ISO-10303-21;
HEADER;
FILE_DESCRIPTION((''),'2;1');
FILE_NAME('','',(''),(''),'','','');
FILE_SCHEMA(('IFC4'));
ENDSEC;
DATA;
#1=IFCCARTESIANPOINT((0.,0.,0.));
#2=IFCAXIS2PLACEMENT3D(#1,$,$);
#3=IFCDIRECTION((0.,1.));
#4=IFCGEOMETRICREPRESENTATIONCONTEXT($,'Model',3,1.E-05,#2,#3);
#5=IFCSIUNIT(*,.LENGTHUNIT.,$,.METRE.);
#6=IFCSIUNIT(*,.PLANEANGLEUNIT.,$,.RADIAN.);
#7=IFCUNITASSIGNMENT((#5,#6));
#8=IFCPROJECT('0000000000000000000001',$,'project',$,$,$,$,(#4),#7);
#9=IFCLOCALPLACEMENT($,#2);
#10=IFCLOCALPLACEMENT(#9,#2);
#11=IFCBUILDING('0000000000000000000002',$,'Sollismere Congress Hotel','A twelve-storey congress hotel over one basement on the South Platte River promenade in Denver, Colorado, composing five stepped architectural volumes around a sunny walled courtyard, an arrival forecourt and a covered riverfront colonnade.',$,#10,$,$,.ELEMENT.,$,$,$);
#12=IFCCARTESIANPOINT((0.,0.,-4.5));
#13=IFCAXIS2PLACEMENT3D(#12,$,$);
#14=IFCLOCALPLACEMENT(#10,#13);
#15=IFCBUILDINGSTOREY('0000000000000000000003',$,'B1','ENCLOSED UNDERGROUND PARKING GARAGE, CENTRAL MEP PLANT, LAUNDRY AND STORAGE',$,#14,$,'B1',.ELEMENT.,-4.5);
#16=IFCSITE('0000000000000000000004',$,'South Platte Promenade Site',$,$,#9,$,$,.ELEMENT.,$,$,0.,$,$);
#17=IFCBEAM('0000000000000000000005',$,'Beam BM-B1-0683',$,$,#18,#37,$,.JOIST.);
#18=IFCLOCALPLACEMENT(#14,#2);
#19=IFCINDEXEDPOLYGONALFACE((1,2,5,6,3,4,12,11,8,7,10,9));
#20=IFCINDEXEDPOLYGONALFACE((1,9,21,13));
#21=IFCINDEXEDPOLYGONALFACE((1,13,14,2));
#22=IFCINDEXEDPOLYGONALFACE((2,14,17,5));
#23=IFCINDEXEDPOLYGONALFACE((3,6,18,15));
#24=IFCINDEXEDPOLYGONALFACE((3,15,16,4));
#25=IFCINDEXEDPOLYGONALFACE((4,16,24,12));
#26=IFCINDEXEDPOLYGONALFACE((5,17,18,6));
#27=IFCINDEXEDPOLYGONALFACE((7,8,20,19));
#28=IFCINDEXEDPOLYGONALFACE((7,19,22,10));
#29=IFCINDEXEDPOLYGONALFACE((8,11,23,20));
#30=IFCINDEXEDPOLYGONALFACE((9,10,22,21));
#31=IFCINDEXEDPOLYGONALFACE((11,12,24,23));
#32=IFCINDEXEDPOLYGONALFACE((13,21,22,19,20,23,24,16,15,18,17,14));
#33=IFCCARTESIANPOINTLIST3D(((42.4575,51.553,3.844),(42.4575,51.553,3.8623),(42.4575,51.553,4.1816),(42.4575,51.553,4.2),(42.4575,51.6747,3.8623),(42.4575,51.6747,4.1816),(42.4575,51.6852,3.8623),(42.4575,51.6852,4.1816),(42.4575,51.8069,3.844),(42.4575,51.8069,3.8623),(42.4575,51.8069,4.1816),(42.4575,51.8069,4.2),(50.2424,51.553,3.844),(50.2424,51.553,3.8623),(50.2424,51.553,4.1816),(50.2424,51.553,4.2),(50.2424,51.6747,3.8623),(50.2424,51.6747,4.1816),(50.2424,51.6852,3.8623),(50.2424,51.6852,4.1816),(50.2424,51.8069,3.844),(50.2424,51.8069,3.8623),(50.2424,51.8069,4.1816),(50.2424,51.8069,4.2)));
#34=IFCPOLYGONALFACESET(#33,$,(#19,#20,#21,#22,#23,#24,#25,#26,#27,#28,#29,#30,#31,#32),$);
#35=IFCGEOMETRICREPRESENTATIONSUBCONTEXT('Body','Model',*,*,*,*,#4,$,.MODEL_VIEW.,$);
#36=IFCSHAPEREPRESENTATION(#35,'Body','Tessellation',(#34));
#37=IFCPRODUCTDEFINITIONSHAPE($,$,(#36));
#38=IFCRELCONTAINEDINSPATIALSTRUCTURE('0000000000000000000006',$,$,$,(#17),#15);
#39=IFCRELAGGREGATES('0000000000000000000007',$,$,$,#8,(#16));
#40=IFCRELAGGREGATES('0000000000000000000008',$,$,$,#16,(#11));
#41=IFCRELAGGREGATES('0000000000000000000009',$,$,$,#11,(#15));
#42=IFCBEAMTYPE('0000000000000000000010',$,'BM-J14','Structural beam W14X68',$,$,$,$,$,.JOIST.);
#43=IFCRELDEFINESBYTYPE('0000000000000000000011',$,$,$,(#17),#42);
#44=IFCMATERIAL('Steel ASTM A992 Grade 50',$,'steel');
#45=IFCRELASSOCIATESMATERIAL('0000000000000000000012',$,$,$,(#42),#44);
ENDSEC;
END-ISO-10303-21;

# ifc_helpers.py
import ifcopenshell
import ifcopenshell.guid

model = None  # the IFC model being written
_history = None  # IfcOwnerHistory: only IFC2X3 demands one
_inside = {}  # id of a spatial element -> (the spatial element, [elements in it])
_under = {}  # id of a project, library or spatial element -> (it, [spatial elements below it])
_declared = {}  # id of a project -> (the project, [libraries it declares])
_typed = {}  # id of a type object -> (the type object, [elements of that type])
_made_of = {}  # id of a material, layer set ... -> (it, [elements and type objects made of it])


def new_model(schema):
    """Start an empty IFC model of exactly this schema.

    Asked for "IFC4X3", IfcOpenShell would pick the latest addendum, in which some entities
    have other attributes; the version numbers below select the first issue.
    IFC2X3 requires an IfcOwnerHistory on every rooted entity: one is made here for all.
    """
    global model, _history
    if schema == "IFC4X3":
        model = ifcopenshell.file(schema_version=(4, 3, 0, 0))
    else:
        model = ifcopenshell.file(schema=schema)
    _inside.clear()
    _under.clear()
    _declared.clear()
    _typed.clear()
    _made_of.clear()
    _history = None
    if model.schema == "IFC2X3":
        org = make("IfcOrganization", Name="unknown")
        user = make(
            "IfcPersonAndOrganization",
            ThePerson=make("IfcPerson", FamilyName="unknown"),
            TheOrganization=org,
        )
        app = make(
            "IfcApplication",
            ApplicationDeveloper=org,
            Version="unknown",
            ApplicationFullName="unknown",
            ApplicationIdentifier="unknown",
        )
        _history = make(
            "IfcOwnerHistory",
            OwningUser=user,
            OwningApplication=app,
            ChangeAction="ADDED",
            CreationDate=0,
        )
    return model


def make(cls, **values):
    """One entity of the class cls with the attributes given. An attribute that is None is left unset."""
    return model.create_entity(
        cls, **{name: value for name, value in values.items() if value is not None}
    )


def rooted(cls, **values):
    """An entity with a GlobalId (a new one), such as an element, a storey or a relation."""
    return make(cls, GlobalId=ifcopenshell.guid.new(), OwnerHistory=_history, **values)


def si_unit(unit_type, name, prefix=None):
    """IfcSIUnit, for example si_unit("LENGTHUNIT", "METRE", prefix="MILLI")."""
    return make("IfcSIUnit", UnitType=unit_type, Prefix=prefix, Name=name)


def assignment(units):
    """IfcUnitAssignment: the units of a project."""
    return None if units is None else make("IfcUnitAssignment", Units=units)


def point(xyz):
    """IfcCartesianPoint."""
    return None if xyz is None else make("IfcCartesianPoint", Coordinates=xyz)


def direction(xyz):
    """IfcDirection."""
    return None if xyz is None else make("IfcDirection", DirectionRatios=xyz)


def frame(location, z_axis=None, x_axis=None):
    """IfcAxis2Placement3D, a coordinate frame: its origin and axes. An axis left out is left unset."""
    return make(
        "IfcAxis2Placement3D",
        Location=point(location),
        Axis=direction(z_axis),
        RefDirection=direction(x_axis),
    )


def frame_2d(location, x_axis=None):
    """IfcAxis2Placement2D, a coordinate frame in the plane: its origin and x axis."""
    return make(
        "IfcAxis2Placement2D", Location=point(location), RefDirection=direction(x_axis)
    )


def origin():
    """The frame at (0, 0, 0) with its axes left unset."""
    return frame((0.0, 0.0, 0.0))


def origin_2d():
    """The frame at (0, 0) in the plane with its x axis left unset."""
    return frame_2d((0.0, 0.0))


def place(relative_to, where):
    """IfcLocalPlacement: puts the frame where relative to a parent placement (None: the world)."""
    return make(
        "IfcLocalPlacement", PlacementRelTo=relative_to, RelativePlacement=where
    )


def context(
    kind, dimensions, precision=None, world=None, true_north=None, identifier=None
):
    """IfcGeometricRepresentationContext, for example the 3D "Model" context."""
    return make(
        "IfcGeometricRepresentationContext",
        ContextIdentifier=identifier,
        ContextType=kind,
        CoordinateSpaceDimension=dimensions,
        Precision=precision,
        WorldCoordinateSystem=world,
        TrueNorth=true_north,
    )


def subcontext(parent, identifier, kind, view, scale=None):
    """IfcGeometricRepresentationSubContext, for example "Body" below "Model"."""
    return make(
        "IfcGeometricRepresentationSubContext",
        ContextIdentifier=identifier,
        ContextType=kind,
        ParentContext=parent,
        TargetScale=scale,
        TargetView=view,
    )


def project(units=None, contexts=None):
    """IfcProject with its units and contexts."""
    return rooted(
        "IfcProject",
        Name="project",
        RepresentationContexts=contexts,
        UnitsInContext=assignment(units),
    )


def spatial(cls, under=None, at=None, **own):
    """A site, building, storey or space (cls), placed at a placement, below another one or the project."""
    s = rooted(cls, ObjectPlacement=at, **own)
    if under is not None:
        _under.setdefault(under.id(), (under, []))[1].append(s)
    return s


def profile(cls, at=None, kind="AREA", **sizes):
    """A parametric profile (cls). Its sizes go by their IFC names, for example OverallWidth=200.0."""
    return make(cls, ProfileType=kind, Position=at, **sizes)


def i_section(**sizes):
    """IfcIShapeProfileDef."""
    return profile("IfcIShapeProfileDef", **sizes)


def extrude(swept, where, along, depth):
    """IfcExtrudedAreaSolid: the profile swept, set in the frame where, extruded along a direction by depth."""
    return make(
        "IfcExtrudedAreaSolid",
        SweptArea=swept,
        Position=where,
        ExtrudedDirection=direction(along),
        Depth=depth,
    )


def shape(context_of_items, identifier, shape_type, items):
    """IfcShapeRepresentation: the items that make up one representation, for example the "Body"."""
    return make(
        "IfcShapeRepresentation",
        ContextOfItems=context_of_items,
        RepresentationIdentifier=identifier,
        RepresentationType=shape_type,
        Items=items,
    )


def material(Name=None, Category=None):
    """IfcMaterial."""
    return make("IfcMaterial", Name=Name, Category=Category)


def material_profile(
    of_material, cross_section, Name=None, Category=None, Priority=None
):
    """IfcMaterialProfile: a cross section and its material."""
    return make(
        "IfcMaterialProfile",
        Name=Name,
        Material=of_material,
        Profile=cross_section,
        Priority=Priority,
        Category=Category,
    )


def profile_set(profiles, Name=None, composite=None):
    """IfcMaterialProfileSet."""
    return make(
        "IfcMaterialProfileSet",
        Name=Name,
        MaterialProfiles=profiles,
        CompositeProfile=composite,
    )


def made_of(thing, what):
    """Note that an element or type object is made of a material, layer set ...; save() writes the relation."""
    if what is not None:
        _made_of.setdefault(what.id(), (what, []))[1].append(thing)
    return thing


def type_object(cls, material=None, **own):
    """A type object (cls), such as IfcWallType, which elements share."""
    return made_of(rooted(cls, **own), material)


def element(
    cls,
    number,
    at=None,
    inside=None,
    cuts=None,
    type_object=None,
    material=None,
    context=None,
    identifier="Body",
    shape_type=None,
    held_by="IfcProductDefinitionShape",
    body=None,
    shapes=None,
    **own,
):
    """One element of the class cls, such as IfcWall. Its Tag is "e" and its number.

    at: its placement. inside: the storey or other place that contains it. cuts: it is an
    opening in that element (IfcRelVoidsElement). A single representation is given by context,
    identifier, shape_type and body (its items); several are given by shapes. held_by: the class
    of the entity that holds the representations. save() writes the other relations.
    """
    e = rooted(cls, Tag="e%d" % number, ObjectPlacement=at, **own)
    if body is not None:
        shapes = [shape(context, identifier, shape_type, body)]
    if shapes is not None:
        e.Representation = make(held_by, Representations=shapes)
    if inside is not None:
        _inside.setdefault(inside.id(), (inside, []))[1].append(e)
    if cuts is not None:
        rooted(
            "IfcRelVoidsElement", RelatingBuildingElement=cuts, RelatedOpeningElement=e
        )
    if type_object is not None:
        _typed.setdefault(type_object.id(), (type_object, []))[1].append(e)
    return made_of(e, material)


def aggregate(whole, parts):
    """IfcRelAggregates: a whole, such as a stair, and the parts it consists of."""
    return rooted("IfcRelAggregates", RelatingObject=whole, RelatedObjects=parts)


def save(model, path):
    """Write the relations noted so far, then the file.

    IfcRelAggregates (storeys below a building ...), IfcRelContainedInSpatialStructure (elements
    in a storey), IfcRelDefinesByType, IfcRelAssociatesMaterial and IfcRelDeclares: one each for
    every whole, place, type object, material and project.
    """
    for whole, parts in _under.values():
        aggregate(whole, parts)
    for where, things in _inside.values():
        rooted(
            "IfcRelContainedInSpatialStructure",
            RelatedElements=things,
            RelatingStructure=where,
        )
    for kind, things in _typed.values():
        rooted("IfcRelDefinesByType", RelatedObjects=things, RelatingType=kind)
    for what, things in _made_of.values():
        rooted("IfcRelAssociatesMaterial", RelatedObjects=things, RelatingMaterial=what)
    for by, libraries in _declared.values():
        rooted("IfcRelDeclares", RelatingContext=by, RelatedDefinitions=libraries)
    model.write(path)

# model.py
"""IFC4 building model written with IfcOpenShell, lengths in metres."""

from ifc_helpers import new_model, si_unit, direction, frame, origin, origin_2d, place, context, subcontext, project, spatial, i_section, extrude, material, material_profile, profile_set, type_object, element, save


model = new_model("IFC4")

# Units and contexts
model_context = context("Model", 3, precision=1e-05, world=origin(), true_north=direction((0.0, 1.0)))
body_context = subcontext(model_context, "Body", "Model", "MODEL_VIEW")
ifc_project = project(units=[si_unit("LENGTHUNIT", "METRE"), si_unit("PLANEANGLEUNIT", "RADIAN")], contexts=[model_context])

# Site, building, storey
site_placement = place(None, origin())
site = spatial("IfcSite", under=ifc_project, at=site_placement, Name="South Platte Promenade Site", CompositionType="ELEMENT", RefElevation=0.0)
building_placement = place(site_placement, origin())
building = spatial("IfcBuilding", under=site, at=building_placement, Name="Sollismere Congress Hotel", Description="A twelve-storey congress hotel over one basement on the South Platte River promenade in Denver, Colorado, composing five stepped architectural volumes around a sunny walled courtyard, an arrival forecourt and a covered riverfront colonnade.", CompositionType="ELEMENT")
storey_placement = place(building_placement, frame((0.0, 0.0, -4.5)))
storey = spatial("IfcBuildingStorey", under=building, at=storey_placement, Name="B1", Description="ENCLOSED UNDERGROUND PARKING GARAGE, CENTRAL MEP PLANT, LAUNDRY AND STORAGE", LongName="B1", CompositionType="ELEMENT", Elevation=-4.5)

# Beam
ifc_material_1 = material(Name="Steel ASTM A992 Grade 50", Category="steel")
ifc_material_profile_1 = material_profile(ifc_material_1, i_section(OverallWidth=0.2539, OverallDepth=0.356, WebThickness=0.0105, FlangeThickness=0.0183, at=origin_2d()), Name="W14X68")
ifc_profile_set_1 = profile_set([ifc_material_profile_1], Name="Steel ASTM A992 Grade 50")
beam_type_1 = type_object("IfcBeamType", Name="BM-J14", Description="Structural beam W14X68", PredefinedType="JOIST", material=ifc_profile_set_1)
for number, where, z_axis, x_axis, name in (
    (1, (42.4575, 51.6799, 4.022), (1.0, 0.0, 0.0), (0.0, 1.0, 0.0), "Beam BM-B1-0683"),
):
    element("IfcBeam", number, at=place(storey_placement, frame(where, z_axis=z_axis, x_axis=x_axis)), inside=storey, type_object=beam_type_1, Name=name, PredefinedType="JOIST", context=body_context, shape_type="SweptSolid", body=[
        extrude(i_section(OverallWidth=0.2539, OverallDepth=0.356, WebThickness=0.0105, FlangeThickness=0.0183, at=origin_2d()), origin(), (0.0, 0.0, 1.0), 7.7849),
    ])

save(model, "model.ifc")
